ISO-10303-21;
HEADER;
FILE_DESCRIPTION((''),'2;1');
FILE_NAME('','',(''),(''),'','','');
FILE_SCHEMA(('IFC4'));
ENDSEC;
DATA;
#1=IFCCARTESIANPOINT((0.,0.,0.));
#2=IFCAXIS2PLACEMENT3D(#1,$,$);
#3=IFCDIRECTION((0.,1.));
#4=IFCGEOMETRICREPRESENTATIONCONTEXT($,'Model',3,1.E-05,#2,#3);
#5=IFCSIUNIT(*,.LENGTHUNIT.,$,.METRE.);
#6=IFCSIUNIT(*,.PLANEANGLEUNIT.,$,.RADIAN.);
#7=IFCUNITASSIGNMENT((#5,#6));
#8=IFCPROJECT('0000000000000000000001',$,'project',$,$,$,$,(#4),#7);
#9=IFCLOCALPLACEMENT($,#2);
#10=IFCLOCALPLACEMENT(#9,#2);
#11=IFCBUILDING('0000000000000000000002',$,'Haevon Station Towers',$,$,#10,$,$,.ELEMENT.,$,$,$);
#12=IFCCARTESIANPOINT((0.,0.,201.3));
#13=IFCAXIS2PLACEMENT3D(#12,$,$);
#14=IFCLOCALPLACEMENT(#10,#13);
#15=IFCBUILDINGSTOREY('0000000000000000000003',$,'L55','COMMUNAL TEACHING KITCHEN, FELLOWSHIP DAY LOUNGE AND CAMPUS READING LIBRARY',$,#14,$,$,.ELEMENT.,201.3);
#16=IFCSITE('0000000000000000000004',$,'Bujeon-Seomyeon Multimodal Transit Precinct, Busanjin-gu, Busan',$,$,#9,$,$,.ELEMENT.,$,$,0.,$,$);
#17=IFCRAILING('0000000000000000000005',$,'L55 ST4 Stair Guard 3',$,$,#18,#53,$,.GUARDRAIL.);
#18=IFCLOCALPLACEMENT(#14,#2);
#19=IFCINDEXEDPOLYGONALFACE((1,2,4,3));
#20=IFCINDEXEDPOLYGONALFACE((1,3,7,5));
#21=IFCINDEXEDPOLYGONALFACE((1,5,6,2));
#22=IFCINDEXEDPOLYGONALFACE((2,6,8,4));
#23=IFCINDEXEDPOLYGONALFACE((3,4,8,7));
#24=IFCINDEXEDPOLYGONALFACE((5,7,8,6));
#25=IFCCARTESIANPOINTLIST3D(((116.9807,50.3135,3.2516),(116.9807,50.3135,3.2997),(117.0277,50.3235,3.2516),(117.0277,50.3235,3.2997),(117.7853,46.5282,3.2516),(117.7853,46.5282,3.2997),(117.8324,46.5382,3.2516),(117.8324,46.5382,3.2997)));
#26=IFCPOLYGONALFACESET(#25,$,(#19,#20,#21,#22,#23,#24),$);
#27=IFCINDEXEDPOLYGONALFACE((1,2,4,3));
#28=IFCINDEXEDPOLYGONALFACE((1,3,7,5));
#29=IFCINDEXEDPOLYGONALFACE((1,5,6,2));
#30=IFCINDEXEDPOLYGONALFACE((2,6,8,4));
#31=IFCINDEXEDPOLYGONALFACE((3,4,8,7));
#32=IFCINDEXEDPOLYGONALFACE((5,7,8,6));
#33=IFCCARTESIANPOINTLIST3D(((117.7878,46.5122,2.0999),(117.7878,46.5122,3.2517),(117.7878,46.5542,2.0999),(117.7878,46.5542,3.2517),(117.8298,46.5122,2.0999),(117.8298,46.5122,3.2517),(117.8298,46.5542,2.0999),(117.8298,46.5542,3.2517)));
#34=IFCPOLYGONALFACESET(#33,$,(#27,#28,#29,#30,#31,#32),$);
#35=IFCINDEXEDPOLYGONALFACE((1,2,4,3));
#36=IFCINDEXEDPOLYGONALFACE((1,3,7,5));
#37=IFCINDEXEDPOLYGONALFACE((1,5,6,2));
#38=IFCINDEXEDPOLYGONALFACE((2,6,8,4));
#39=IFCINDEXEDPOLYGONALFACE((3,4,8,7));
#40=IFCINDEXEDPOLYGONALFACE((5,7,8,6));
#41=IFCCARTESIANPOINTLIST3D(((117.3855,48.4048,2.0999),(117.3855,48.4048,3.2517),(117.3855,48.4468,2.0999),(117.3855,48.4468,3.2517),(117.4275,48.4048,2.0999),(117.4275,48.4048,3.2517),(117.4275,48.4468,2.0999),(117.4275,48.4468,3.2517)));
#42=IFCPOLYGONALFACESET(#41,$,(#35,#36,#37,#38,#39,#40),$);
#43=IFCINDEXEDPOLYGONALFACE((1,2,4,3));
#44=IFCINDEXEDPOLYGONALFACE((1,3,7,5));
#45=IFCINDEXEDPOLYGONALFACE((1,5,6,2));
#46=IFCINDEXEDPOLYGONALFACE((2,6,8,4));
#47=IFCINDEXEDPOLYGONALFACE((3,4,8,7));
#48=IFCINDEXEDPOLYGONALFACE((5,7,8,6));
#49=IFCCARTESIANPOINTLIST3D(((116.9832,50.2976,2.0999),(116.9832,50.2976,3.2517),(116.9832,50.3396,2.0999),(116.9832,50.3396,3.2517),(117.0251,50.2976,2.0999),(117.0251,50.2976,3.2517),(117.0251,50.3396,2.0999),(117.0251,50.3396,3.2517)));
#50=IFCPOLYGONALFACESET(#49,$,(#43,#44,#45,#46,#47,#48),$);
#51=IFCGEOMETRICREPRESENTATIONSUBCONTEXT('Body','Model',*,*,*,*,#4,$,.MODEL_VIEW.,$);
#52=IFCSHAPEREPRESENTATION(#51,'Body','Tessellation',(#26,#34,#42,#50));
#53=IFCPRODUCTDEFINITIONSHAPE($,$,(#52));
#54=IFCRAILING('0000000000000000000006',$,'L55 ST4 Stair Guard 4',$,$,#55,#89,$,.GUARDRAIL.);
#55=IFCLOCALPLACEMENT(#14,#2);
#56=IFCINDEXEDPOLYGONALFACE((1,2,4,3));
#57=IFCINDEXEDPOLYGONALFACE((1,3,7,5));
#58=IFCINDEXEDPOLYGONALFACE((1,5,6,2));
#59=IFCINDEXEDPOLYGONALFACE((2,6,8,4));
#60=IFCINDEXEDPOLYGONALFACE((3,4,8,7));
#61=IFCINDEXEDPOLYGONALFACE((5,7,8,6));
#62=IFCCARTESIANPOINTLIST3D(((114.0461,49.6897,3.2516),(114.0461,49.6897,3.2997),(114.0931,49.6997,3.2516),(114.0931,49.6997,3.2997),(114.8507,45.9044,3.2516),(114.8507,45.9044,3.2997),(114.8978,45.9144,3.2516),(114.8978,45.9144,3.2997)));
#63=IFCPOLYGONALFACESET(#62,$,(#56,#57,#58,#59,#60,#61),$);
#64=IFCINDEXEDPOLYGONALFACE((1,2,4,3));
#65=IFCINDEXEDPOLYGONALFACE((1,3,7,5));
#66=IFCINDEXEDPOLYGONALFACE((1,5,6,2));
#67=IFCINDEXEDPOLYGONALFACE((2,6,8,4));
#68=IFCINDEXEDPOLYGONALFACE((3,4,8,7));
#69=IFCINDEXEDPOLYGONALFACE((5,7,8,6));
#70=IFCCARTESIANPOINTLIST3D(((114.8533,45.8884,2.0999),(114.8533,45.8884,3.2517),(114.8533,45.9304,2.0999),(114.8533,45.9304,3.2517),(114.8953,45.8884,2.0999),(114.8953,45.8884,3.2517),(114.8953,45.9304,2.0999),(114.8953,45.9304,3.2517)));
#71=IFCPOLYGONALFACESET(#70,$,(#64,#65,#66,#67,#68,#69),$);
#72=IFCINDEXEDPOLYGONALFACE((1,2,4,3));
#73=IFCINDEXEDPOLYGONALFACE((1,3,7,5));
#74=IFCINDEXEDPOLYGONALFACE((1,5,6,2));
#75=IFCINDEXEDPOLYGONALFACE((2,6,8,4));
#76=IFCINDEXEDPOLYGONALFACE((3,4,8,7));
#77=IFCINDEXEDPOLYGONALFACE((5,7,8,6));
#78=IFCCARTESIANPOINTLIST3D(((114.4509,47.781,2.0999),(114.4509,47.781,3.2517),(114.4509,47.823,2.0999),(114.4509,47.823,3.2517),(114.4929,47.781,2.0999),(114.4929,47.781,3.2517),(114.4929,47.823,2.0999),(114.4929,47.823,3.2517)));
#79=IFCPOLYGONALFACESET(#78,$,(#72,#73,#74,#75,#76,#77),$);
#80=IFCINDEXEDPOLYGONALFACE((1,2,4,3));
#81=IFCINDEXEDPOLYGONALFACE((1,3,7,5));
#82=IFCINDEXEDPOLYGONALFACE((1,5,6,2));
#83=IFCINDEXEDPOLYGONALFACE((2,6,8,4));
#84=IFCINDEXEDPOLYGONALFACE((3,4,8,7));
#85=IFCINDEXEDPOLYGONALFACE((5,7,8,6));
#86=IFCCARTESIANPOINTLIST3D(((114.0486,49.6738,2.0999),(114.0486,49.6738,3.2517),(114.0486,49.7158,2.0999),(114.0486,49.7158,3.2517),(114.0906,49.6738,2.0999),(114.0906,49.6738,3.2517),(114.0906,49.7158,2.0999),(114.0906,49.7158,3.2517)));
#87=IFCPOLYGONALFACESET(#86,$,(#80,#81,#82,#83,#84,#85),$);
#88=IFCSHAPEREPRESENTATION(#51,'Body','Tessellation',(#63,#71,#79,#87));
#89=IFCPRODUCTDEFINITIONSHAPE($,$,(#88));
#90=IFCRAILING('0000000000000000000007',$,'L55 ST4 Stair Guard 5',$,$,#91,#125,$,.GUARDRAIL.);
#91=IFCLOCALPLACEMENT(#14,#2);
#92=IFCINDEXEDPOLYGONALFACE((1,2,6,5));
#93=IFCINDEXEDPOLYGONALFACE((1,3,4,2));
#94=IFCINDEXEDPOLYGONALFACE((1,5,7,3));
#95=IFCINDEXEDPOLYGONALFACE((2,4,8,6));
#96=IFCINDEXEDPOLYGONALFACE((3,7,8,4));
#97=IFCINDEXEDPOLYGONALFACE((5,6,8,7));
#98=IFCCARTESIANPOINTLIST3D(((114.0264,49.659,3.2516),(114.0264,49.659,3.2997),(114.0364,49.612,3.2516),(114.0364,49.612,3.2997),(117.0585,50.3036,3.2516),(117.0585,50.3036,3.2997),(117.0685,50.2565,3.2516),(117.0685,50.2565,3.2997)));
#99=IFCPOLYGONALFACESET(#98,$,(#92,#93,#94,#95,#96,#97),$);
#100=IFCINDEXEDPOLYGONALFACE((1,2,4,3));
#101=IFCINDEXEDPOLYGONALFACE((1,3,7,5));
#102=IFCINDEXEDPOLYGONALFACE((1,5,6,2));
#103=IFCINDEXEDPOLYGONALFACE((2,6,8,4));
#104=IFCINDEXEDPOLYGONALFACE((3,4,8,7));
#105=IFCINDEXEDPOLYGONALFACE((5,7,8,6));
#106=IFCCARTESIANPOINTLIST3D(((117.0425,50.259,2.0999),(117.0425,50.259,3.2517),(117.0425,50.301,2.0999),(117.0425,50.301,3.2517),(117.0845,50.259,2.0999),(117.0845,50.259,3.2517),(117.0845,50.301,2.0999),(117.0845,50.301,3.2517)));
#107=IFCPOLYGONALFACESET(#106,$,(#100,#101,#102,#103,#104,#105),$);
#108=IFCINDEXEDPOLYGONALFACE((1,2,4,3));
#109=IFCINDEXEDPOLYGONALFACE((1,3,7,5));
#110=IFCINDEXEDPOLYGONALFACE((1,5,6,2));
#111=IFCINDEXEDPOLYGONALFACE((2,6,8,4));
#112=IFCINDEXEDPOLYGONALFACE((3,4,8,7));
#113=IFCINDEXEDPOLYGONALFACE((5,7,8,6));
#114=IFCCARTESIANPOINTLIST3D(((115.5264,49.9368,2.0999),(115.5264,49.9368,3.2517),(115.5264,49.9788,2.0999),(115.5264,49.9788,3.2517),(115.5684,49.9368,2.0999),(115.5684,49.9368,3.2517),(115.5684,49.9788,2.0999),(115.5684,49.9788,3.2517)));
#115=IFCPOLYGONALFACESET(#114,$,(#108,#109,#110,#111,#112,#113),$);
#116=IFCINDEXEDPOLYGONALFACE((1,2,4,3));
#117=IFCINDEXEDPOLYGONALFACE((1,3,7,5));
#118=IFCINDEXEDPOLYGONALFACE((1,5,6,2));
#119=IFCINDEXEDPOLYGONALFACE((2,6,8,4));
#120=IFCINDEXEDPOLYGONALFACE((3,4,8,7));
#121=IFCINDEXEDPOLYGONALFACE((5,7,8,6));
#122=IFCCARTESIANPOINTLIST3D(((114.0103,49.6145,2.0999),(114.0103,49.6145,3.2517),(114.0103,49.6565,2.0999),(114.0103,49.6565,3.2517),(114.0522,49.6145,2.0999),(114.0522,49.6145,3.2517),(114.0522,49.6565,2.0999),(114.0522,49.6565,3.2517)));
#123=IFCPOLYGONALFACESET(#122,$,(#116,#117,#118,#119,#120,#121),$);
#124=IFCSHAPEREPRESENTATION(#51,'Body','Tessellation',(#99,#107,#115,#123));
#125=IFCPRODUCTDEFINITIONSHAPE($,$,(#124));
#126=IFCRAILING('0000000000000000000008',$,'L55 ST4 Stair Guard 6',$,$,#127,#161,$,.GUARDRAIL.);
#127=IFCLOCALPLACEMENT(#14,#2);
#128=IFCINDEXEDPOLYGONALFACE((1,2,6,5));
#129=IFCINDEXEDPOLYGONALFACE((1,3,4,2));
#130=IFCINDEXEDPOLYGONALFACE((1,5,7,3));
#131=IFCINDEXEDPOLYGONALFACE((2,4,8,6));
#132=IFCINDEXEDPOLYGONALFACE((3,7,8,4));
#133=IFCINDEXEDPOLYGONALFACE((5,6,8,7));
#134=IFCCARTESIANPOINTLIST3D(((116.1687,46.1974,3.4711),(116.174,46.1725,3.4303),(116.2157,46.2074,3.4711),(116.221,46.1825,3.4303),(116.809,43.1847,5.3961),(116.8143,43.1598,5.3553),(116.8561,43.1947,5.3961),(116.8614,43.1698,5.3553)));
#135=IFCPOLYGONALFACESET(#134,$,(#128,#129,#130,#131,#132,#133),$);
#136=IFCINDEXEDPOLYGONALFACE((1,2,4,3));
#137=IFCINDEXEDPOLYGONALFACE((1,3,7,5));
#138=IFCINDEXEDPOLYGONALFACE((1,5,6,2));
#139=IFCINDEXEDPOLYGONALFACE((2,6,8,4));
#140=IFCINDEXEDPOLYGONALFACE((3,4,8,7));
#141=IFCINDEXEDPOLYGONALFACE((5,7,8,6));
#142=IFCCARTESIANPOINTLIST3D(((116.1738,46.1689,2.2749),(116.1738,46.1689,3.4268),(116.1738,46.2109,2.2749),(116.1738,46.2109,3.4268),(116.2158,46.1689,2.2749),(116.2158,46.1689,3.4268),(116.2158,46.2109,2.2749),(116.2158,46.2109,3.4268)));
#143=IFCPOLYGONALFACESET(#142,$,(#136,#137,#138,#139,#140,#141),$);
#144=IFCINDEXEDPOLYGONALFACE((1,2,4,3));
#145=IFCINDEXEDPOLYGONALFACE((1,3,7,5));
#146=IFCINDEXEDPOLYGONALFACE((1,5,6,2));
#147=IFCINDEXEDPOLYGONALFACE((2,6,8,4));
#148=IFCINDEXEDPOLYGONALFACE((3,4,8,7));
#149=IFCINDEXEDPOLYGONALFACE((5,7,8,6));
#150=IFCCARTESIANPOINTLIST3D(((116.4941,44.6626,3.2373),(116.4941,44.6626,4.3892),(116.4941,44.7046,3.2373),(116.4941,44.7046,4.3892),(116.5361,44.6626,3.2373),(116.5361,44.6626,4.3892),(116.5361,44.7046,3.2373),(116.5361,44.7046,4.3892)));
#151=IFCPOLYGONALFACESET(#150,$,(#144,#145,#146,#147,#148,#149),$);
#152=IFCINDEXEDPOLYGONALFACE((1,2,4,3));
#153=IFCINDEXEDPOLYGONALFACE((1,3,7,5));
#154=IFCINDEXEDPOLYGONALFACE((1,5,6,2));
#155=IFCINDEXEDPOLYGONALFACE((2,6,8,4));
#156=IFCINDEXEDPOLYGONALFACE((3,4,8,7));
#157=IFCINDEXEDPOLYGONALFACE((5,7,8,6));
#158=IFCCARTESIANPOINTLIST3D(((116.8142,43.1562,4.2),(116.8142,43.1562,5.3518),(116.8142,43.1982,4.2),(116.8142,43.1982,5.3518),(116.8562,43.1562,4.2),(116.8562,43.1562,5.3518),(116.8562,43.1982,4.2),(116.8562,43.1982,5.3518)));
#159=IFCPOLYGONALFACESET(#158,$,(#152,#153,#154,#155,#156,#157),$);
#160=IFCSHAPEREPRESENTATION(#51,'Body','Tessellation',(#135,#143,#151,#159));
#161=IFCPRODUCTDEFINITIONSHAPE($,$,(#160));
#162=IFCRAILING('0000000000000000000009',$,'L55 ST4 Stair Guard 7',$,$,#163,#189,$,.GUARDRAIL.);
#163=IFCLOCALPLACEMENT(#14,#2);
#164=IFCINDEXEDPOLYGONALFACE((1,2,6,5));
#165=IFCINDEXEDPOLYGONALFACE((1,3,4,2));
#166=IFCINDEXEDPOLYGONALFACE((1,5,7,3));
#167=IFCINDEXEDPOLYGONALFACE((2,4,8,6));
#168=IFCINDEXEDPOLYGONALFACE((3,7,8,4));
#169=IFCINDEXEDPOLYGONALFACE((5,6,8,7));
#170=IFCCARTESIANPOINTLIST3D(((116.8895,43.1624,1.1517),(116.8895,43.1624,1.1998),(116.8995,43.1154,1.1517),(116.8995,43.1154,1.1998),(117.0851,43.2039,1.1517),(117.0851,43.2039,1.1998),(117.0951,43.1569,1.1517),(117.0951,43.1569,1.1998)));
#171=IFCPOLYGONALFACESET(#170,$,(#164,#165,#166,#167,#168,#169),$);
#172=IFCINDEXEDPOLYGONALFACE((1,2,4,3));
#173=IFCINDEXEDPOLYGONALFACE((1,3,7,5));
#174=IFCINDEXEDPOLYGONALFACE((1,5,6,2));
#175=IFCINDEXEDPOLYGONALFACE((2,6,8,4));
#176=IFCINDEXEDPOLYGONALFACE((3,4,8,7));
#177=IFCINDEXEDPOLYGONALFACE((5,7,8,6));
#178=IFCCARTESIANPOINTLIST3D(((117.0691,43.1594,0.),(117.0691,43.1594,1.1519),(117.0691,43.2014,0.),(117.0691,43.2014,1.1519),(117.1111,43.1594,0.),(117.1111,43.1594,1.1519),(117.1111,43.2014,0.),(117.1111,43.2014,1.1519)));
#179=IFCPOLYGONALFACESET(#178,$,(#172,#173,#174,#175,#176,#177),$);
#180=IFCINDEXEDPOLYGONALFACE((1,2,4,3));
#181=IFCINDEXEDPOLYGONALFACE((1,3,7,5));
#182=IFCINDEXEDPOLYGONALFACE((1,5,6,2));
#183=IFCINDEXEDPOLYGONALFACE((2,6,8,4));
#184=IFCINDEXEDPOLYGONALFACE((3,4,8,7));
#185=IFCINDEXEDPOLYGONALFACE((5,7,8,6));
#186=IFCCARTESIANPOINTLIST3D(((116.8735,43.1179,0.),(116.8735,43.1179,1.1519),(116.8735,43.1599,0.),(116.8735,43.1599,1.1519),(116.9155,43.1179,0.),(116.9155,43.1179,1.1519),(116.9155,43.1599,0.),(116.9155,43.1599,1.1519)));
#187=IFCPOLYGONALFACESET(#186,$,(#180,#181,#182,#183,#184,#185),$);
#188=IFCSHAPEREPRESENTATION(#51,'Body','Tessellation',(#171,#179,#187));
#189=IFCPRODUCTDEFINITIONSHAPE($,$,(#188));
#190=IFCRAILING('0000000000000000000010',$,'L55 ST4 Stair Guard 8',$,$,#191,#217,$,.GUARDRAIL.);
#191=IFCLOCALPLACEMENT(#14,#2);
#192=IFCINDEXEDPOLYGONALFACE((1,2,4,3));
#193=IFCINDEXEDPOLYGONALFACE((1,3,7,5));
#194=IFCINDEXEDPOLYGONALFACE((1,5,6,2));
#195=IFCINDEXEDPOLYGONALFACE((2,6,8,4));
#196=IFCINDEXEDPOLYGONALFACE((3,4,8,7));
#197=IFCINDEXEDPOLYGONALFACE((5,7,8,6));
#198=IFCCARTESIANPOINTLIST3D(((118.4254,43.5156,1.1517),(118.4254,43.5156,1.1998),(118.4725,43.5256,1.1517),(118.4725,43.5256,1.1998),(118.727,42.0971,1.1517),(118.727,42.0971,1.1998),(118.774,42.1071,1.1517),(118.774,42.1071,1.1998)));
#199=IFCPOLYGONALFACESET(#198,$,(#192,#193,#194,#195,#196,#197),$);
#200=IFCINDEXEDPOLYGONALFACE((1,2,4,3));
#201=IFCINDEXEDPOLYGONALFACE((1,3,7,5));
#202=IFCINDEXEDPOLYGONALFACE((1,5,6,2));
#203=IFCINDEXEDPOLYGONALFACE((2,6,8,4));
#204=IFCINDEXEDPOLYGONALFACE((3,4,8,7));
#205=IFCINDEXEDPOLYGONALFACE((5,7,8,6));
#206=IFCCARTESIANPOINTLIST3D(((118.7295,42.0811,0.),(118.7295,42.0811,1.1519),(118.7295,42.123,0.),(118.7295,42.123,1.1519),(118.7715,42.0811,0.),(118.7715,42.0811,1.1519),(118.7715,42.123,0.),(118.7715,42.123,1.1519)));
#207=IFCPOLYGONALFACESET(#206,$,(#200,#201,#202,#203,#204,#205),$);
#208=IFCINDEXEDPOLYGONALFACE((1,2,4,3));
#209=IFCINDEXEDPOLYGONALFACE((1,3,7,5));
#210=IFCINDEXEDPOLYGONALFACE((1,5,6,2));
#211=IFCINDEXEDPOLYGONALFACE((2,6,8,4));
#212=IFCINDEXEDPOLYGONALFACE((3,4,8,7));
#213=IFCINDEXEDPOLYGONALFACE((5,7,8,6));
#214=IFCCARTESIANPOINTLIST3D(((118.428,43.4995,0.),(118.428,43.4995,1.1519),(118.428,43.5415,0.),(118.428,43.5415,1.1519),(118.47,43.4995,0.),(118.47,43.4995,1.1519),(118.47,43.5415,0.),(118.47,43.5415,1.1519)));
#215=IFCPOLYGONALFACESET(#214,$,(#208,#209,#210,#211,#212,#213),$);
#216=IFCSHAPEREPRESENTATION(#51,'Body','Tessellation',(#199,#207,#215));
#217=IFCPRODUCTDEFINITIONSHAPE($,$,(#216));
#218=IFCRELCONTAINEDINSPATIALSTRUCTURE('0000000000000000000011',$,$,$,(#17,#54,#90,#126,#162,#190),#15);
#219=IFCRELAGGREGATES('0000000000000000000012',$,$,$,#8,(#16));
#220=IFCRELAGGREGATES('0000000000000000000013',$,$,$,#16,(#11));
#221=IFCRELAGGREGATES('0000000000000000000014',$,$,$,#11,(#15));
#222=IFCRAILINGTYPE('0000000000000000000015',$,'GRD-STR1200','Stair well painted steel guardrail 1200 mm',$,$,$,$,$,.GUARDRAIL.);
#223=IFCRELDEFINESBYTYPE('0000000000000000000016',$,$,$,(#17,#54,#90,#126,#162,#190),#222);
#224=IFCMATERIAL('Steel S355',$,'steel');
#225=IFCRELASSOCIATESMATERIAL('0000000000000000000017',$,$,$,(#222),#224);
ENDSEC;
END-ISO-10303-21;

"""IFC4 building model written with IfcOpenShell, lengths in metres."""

from ifc_helpers import new_model, si_unit, direction, frame, origin, origin_2d, place, context, subcontext, project, spatial, rectangle, extrude, material, type_object, element, save


model = new_model("IFC4")

# Units and contexts
model_context = context("Model", 3, precision=1e-05, world=origin(), true_north=direction((0.0, 1.0)))
body_context = subcontext(model_context, "Body", "Model", "MODEL_VIEW")
ifc_project = project(units=[si_unit("LENGTHUNIT", "METRE"), si_unit("PLANEANGLEUNIT", "RADIAN")], contexts=[model_context])

# Site, building, storey
site_placement = place(None, origin())
site = spatial("IfcSite", under=ifc_project, at=site_placement, Name="Bujeon-Seomyeon Multimodal Transit Precinct, Busanjin-gu, Busan", CompositionType="ELEMENT", RefElevation=0.0)
building_placement = place(site_placement, origin())
building = spatial("IfcBuilding", under=site, at=building_placement, Name="Haevon Station Towers", CompositionType="ELEMENT")
storey_placement = place(building_placement, frame((0.0, 0.0, 201.3)))
storey = spatial("IfcBuildingStorey", under=building, at=storey_placement, Name="L55", Description="COMMUNAL TEACHING KITCHEN, FELLOWSHIP DAY LOUNGE AND CAMPUS READING LIBRARY", CompositionType="ELEMENT", Elevation=201.3)

# Shared definitions
ifc_material_1 = material(Name="Steel S355", Category="steel")

# Railings
railing_type_1 = type_object("IfcRailingType", Name="GRD-STR1200", Description="Stair well painted steel guardrail 1200 mm", PredefinedType="GUARDRAIL", material=ifc_material_1)
for number, where, name in (
    (1, (117.8088, 46.5332, 2.0999), "L55 ST4 Stair Guard 3"),
    (2, (114.8743, 45.9094, 2.0999), "L55 ST4 Stair Guard 4"),
):
    element("IfcRailing", number, at=place(storey_placement, frame(where)), inside=storey, type_object=railing_type_1, Name=name, PredefinedType="GUARDRAIL", context=body_context, shape_type="SweptSolid", body=[
        extrude(rectangle(XDim=0.0481, YDim=0.0481, at=origin_2d()), frame((0.0, 0.0, 1.1758), z_axis=(-0.20793, 0.978144, 0.0), x_axis=(-0.978144, -0.20793, 0.0)), (0.0, 0.0, 1.0), 3.8699),
        extrude(rectangle(XDim=0.042, YDim=0.042, at=origin_2d()), origin(), (0.0, 0.0, 1.0), 1.1519),
        extrude(rectangle(XDim=0.042, YDim=0.042, at=origin_2d()), frame((-0.4023, 1.8926, 0.0)), (0.0, 0.0, 1.0), 1.1519),
        extrude(rectangle(XDim=0.042, YDim=0.042, at=origin_2d()), frame((-0.8047, 3.7854, 0.0)), (0.0, 0.0, 1.0), 1.1519),
    ])
railing_1_placement = place(storey_placement, frame((117.0635, 50.28, 2.0999)))
element("IfcRailing", 3, at=railing_1_placement, inside=storey, type_object=railing_type_1, Name="L55 ST4 Stair Guard 5", PredefinedType="GUARDRAIL", context=body_context, shape_type="SweptSolid", body=[
    extrude(rectangle(XDim=0.0481, YDim=0.0481, at=origin_2d()), frame((0.0, 0.0, 1.1758), z_axis=(-0.978147, -0.207915, 0.0), x_axis=(0.207915, -0.978147, 0.0)), (0.0, 0.0, 1.0), 3.0999),
    extrude(rectangle(XDim=0.042, YDim=0.042, at=origin_2d()), origin(), (0.0, 0.0, 1.0), 1.1519),
    extrude(rectangle(XDim=0.042, YDim=0.042, at=origin_2d()), frame((-1.5161, -0.3223, 0.0)), (0.0, 0.0, 1.0), 1.1519),
    extrude(rectangle(XDim=0.042, YDim=0.042, at=origin_2d()), frame((-3.0322, -0.6445, 0.0)), (0.0, 0.0, 1.0), 1.1519),
])
railing_2_placement = place(storey_placement, frame((116.1948, 46.1899, 2.2749)))
element("IfcRailing", 4, at=railing_2_placement, inside=storey, type_object=railing_type_1, Name="L55 ST4 Stair Guard 6", PredefinedType="GUARDRAIL", context=body_context, shape_type="SweptSolid", body=[
    extrude(rectangle(XDim=0.0481, YDim=0.0481, at=origin_2d()), frame((0.0, 0.0, 1.1758), z_axis=(0.176311, -0.829461, 0.530008), x_axis=(0.978147, 0.207916, 0.0)), (0.0, 0.0, 1.0), 3.6321),
    extrude(rectangle(XDim=0.042, YDim=0.042, at=origin_2d()), origin(), (0.0, 0.0, 1.0), 1.1519),
    extrude(rectangle(XDim=0.042, YDim=0.042, at=origin_2d()), frame((0.3203, -1.5063, 0.9624)), (0.0, 0.0, 1.0), 1.1519),
    extrude(rectangle(XDim=0.042, YDim=0.042, at=origin_2d()), frame((0.6404, -3.0127, 1.925)), (0.0, 0.0, 1.0), 1.1519),
])
railing_3_placement = place(storey_placement, frame((117.0901, 43.1804, 0.0)))
element("IfcRailing", 5, at=railing_3_placement, inside=storey, type_object=railing_type_1, Name="L55 ST4 Stair Guard 7", PredefinedType="GUARDRAIL", context=body_context, shape_type="SweptSolid", body=[
    extrude(rectangle(XDim=0.0481, YDim=0.0481, at=origin_2d()), frame((0.0, 0.0, 1.1758), z_axis=(-0.978212, -0.20761, 0.0), x_axis=(0.20761, -0.978212, 0.0)), (0.0, 0.0, 1.0), 0.2),
    extrude(rectangle(XDim=0.042, YDim=0.042, at=origin_2d()), origin(), (0.0, 0.0, 1.0), 1.1519),
    extrude(rectangle(XDim=0.042, YDim=0.042, at=origin_2d()), frame((-0.1956, -0.0415, 0.0)), (0.0, 0.0, 1.0), 1.1519),
])
for number, where, name in (
    (6, (118.7505, 42.1021, 0.0), "L55 ST4 Stair Guard 8"),
):
    element("IfcRailing", number, at=place(storey_placement, frame(where)), inside=storey, type_object=railing_type_1, Name=name, PredefinedType="GUARDRAIL", context=body_context, shape_type="SweptSolid", body=[
        extrude(rectangle(XDim=0.0481, YDim=0.0481, at=origin_2d()), frame((0.0, 0.0, 1.1758), z_axis=(-0.207919, 0.978146, 0.0), x_axis=(-0.978146, -0.207919, 0.0)), (0.0, 0.0, 1.0), 1.4502),
        extrude(rectangle(XDim=0.042, YDim=0.042, at=origin_2d()), origin(), (0.0, 0.0, 1.0), 1.1519),
        extrude(rectangle(XDim=0.042, YDim=0.042, at=origin_2d()), frame((-0.3015, 1.4185, 0.0)), (0.0, 0.0, 1.0), 1.1519),
    ])

save(model, "model.ifc")
